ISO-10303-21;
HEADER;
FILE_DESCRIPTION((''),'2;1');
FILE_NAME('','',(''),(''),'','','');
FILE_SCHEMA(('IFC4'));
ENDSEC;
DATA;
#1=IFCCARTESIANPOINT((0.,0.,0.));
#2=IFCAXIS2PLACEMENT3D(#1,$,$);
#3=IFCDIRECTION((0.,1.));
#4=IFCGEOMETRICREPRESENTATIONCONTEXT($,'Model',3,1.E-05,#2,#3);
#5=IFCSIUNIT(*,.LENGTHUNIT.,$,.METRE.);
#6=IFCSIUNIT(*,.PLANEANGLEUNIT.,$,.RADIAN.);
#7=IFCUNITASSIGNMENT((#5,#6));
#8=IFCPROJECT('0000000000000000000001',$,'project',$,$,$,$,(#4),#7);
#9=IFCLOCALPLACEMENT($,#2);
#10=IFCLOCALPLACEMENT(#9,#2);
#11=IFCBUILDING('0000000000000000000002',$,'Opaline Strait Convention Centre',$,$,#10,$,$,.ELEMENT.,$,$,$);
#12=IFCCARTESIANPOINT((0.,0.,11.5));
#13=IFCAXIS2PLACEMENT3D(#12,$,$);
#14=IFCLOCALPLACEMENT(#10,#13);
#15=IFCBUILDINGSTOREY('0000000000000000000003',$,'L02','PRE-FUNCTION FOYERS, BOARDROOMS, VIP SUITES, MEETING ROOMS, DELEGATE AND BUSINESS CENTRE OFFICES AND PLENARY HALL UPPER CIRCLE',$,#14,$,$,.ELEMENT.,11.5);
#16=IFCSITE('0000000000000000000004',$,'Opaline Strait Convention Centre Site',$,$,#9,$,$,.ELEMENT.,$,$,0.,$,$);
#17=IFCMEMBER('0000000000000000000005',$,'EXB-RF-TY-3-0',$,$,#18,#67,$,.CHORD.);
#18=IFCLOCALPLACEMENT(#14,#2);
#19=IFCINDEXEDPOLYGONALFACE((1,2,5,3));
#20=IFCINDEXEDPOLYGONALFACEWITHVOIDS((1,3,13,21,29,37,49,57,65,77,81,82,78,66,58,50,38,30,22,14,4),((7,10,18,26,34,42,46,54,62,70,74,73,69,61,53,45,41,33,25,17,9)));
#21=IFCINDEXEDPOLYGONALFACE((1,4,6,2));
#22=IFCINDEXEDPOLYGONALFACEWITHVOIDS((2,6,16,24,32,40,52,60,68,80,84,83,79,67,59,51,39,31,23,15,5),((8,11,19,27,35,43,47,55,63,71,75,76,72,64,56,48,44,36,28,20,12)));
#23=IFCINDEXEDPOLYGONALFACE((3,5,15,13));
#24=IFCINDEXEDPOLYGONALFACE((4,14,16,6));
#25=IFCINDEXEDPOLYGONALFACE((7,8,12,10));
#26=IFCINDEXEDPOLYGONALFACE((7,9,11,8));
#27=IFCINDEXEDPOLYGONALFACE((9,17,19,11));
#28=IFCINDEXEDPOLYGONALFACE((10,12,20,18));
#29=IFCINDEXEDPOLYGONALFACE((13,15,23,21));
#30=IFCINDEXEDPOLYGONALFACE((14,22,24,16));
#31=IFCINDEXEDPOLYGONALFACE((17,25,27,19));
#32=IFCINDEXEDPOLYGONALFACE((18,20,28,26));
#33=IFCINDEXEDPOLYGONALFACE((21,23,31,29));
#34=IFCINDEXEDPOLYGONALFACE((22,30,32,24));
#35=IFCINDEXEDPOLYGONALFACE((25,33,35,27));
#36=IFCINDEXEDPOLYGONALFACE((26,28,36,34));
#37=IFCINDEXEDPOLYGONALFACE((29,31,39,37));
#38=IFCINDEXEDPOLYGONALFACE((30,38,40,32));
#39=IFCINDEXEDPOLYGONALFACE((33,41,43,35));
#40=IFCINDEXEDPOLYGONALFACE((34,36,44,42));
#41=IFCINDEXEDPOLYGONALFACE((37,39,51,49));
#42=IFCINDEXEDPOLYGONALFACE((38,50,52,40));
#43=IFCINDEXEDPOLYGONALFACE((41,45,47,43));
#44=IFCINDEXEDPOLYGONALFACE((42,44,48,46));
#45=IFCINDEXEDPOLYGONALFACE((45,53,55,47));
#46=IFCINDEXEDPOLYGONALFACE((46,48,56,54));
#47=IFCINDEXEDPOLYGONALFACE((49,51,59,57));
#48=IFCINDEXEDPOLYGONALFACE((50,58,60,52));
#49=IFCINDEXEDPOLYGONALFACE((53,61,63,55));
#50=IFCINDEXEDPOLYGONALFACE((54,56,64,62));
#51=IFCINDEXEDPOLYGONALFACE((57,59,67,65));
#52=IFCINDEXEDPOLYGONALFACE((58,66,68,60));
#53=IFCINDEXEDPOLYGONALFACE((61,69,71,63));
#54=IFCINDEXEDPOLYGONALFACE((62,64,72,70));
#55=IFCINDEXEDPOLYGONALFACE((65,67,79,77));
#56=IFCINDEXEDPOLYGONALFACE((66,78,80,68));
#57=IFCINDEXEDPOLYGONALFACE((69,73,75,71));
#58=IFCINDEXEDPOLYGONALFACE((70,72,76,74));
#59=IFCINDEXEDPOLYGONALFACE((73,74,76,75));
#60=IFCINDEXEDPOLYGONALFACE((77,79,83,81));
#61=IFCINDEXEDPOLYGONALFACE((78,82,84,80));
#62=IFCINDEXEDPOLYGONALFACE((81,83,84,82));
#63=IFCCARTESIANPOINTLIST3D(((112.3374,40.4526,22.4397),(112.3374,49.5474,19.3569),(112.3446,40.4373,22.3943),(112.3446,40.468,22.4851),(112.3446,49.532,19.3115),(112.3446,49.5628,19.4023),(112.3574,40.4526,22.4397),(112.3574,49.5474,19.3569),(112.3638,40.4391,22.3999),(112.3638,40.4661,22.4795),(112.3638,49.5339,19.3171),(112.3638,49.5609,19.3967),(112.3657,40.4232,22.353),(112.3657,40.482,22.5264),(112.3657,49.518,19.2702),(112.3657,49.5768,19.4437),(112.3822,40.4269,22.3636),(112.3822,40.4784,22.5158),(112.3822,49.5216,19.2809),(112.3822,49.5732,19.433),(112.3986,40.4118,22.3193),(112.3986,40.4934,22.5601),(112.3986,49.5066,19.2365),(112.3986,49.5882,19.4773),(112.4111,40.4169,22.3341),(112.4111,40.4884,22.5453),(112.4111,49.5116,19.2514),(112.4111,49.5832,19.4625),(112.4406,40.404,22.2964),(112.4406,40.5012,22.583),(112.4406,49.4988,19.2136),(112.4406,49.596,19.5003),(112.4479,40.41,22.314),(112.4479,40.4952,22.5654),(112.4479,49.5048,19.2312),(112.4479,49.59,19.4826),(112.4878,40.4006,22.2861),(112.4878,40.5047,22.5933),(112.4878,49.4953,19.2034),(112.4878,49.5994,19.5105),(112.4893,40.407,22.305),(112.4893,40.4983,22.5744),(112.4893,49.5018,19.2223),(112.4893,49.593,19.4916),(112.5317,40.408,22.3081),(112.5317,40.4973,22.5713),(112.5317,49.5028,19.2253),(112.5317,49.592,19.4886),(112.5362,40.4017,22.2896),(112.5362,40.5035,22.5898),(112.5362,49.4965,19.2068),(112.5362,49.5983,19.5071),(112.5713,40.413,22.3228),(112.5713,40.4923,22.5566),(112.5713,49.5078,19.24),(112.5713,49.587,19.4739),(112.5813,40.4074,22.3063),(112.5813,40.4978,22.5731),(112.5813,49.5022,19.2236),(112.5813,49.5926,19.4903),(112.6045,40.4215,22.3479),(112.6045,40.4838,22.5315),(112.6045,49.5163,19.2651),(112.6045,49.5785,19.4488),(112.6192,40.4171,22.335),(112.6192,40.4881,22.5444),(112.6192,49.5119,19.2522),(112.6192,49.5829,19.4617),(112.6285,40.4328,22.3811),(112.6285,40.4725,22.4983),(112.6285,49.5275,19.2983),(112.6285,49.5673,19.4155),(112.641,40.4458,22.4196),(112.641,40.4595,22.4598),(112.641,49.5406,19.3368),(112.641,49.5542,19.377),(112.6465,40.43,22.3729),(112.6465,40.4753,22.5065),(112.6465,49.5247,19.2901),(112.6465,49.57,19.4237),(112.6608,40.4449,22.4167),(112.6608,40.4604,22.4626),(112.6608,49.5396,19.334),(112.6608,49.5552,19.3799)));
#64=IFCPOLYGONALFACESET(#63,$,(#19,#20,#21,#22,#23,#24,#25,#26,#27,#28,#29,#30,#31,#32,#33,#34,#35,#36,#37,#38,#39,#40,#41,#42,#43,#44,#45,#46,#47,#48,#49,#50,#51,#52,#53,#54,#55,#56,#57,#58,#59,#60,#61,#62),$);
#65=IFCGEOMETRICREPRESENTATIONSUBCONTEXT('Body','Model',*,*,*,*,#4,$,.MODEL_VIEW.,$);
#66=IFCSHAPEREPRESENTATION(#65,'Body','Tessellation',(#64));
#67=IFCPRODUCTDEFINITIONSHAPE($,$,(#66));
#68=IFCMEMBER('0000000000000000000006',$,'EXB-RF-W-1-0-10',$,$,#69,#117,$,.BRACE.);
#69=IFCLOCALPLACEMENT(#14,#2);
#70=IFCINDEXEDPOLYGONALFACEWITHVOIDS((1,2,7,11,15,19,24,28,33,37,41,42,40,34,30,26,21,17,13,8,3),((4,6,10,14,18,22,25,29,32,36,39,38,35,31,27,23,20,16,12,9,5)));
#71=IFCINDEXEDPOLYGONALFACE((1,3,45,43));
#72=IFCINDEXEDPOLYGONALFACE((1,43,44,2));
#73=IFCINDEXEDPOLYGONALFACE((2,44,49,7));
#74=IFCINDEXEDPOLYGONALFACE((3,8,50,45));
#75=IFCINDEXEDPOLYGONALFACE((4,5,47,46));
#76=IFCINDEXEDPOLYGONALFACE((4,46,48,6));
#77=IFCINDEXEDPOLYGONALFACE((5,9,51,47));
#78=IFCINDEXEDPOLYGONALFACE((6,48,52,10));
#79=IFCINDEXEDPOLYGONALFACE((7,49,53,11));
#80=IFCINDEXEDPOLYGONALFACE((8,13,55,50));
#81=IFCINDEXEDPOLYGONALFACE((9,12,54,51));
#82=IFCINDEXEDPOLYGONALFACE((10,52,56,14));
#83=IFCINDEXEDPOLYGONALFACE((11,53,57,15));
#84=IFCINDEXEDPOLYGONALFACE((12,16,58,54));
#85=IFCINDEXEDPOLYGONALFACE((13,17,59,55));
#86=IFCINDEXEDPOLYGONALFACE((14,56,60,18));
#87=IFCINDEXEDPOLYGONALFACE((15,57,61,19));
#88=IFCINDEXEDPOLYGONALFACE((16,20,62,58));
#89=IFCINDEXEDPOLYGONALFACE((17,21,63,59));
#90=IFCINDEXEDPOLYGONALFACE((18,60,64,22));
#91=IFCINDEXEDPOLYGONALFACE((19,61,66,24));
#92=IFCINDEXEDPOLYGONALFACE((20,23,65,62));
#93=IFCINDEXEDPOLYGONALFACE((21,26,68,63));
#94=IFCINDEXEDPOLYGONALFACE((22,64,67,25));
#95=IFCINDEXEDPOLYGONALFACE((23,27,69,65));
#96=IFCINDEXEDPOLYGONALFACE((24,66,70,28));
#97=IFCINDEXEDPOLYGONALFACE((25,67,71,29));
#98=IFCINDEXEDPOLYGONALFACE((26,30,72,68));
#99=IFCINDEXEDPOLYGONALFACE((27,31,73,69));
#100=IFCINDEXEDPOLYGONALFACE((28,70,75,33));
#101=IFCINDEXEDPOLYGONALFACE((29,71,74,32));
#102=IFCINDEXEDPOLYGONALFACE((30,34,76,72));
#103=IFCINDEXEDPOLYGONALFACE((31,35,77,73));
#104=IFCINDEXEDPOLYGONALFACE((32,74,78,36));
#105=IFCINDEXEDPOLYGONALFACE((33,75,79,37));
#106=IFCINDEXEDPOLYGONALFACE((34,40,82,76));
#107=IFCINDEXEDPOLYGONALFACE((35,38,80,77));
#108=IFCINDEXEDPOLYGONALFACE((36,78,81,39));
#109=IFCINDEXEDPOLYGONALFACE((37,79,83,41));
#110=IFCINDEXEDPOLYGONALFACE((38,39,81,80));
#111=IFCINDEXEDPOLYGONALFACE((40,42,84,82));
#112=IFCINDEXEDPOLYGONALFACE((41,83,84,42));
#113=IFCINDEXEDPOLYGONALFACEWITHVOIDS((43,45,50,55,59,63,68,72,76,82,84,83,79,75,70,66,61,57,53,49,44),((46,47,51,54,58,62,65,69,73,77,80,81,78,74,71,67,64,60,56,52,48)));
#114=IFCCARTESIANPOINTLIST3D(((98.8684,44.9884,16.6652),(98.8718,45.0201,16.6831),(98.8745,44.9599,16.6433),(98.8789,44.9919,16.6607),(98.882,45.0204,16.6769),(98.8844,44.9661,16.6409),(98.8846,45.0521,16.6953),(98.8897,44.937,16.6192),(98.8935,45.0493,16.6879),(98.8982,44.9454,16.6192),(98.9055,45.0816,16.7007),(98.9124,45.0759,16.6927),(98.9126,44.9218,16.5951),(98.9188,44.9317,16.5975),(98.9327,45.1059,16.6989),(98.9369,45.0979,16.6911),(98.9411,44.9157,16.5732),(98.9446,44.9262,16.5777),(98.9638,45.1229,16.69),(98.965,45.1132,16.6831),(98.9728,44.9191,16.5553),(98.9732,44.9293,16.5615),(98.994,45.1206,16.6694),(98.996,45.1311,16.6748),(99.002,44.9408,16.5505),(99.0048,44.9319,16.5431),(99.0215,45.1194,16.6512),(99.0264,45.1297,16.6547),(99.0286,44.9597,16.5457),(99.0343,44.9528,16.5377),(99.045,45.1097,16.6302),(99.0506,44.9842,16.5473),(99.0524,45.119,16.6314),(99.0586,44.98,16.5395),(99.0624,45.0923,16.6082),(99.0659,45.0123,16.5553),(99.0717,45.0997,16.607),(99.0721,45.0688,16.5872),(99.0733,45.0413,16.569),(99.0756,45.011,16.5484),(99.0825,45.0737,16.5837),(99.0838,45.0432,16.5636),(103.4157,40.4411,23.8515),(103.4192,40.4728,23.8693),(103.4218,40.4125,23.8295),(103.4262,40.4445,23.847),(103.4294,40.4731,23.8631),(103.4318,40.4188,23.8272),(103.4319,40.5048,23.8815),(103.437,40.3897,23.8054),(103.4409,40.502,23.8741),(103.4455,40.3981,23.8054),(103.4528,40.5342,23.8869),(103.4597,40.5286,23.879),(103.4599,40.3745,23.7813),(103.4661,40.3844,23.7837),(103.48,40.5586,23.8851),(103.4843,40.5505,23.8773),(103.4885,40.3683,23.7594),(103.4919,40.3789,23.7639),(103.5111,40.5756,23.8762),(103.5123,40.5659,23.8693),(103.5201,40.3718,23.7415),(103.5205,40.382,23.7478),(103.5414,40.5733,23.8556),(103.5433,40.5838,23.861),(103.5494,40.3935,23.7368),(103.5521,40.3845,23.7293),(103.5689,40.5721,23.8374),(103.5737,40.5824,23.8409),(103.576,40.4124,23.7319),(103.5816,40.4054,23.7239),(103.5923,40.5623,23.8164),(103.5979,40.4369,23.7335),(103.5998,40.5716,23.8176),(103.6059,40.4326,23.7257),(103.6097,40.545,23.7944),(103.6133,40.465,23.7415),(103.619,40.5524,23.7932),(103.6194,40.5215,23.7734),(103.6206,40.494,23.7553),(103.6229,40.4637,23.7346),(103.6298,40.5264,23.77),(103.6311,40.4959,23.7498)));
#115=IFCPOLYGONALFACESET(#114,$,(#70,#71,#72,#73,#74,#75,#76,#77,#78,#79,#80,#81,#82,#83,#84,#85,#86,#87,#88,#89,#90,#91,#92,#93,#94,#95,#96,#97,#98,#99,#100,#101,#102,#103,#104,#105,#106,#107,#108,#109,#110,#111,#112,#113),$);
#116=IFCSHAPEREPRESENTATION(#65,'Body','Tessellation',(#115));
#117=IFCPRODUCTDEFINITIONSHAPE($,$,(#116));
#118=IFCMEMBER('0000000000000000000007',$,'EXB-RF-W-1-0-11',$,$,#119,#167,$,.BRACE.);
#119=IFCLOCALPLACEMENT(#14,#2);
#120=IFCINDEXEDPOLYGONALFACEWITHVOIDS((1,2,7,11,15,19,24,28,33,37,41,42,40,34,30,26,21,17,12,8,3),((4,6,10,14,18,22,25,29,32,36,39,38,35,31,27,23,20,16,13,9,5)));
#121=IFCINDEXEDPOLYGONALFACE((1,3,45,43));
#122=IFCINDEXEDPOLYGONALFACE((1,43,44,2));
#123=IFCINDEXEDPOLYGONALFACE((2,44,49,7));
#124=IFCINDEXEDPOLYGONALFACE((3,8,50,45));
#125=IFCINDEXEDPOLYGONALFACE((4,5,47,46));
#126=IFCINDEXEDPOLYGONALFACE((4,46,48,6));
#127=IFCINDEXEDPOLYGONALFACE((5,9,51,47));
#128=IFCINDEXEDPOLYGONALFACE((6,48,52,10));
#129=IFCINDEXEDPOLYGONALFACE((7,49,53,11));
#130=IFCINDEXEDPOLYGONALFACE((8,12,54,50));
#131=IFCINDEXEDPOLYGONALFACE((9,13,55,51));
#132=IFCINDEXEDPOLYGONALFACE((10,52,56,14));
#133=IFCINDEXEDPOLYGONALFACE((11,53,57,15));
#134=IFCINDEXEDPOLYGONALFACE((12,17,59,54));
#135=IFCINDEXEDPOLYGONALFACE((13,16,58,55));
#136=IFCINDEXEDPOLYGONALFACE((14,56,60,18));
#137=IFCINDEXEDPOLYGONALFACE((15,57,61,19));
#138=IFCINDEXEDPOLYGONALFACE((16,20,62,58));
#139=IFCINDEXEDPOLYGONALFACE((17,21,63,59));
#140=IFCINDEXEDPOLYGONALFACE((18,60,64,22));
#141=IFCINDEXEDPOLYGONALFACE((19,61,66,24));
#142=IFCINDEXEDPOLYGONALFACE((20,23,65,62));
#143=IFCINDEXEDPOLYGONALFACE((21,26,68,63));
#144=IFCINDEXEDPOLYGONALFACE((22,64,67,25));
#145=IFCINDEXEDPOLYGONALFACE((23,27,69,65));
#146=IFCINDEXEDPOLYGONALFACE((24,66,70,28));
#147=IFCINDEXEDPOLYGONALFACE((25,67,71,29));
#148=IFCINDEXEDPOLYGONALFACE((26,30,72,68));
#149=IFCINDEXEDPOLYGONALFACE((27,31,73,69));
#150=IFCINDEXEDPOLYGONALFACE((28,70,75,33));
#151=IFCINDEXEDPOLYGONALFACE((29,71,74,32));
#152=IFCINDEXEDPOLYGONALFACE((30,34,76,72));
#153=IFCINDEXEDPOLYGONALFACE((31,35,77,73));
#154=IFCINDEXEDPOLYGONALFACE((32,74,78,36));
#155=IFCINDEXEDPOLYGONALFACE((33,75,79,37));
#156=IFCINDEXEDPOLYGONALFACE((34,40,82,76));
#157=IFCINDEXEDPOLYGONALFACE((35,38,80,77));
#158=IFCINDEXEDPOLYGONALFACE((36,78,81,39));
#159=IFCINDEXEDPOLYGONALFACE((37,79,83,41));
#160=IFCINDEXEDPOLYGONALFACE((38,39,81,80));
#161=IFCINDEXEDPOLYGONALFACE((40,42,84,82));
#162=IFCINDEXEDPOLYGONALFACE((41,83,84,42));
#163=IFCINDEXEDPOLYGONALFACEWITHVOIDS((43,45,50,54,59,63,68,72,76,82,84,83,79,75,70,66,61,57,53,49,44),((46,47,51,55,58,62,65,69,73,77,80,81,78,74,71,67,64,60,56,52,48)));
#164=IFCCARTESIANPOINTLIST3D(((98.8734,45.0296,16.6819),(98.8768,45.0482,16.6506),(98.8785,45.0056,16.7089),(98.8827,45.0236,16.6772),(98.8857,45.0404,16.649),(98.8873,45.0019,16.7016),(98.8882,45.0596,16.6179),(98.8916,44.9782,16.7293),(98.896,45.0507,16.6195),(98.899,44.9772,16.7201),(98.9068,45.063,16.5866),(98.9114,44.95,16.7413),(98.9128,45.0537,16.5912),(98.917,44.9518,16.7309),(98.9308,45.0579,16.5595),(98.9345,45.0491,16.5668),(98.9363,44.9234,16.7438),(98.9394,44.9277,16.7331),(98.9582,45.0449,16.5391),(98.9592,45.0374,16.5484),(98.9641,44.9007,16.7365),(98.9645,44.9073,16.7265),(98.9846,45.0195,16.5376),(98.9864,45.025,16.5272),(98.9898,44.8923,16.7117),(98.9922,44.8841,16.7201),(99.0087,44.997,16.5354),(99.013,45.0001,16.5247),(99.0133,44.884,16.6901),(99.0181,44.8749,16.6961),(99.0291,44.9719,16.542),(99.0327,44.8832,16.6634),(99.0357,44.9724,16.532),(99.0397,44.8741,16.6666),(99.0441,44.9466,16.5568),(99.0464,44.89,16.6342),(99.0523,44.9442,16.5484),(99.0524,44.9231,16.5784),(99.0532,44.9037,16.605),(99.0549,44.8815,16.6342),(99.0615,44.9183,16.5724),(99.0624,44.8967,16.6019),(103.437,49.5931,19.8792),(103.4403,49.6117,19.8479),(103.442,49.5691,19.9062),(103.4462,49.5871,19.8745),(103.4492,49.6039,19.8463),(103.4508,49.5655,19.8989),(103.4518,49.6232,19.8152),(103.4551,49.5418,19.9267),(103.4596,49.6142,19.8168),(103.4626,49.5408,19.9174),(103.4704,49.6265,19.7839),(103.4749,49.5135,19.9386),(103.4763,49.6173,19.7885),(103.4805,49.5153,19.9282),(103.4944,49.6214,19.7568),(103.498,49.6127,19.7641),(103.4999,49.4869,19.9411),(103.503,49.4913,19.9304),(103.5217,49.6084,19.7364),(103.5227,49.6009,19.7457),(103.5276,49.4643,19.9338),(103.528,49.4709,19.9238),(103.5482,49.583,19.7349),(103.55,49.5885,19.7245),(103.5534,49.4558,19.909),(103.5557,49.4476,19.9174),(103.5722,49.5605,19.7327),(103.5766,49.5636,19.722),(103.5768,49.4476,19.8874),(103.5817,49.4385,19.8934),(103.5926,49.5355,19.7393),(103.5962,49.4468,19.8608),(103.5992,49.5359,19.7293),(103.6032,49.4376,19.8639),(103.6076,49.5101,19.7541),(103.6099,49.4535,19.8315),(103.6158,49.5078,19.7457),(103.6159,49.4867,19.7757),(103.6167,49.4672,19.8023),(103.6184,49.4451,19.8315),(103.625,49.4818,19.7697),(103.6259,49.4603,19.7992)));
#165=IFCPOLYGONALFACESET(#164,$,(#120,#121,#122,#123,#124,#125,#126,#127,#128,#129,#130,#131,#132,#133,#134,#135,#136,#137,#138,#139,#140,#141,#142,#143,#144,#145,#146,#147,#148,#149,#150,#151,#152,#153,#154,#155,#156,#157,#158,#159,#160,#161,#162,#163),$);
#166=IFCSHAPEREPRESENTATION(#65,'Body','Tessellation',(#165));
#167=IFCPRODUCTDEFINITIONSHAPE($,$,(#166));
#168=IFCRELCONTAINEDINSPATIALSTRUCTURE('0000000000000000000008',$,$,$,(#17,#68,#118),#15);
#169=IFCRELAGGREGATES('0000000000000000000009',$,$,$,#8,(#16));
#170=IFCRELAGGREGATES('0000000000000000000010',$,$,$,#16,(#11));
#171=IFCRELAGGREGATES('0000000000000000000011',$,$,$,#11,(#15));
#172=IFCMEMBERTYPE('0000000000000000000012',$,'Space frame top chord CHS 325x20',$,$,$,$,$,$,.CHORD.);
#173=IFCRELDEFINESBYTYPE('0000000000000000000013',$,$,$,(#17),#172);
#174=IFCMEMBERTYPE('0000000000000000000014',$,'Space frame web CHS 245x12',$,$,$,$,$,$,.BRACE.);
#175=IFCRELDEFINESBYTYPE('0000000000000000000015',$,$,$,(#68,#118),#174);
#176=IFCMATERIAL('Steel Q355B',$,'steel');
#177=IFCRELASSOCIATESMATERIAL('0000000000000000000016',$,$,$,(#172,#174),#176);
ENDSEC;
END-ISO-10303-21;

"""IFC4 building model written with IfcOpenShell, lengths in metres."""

from ifc_helpers import new_model, si_unit, direction, frame, origin, origin_2d, place, context, subcontext, project, spatial, hollow_circle, extrude, material, material_profile, profile_set, type_object, element, save


model = new_model("IFC4")

# Units and contexts
model_context = context("Model", 3, precision=1e-05, world=origin(), true_north=direction((0.0, 1.0)))
body_context = subcontext(model_context, "Body", "Model", "MODEL_VIEW")
ifc_project = project(units=[si_unit("LENGTHUNIT", "METRE"), si_unit("PLANEANGLEUNIT", "RADIAN")], contexts=[model_context])

# Site, building, storey
site_placement = place(None, origin())
site = spatial("IfcSite", under=ifc_project, at=site_placement, Name="Opaline Strait Convention Centre Site", CompositionType="ELEMENT", RefElevation=0.0)
building_placement = place(site_placement, origin())
building = spatial("IfcBuilding", under=site, at=building_placement, Name="Opaline Strait Convention Centre", CompositionType="ELEMENT")
storey_placement = place(building_placement, frame((0.0, 0.0, 11.5)))
storey = spatial("IfcBuildingStorey", under=building, at=storey_placement, Name="L02", Description="PRE-FUNCTION FOYERS, BOARDROOMS, VIP SUITES, MEETING ROOMS, DELEGATE AND BUSINESS CENTRE OFFICES AND PLENARY HALL UPPER CIRCLE", CompositionType="ELEMENT", Elevation=11.5)

# Members
ifc_material_1 = material(Name="Steel Q355B", Category="steel")
ifc_material_profile_1 = material_profile(ifc_material_1, hollow_circle(Radius=0.1626, WallThickness=0.02, at=origin_2d()), Name="CHS 325x20")
ifc_profile_set_1 = profile_set([ifc_material_profile_1], Name="Steel Q355B")
member_type_1 = type_object("IfcMemberType", Name="Space frame top chord CHS 325x20", PredefinedType="CHORD", material=ifc_profile_set_1)
member_1_placement = place(storey_placement, frame((112.5, 40.4526, 22.4397), z_axis=(0.0, 0.947072, -0.321021), x_axis=(-1.0, 0.0, 0.0)))
element("IfcMember", 1, at=member_1_placement, inside=storey, type_object=member_type_1, Name="EXB-RF-TY-3-0", PredefinedType="CHORD", context=body_context, shape_type="SweptSolid", body=[
    extrude(hollow_circle(Radius=0.1626, WallThickness=0.02, at=origin_2d()), origin(), (0.0, 0.0, 1.0), 9.603),
])
ifc_material_profile_2 = material_profile(ifc_material_1, hollow_circle(Radius=0.1226, WallThickness=0.012, at=origin_2d()), Name="CHS 245x12")
ifc_profile_set_2 = profile_set([ifc_material_profile_2], Name="Steel Q355B")
member_type_2 = type_object("IfcMemberType", Name="Space frame web CHS 245x12", PredefinedType="BRACE", material=ifc_profile_set_2)
member_2_placement = place(storey_placement, frame((103.5237, 40.4763, 23.8054), z_axis=(-0.471541, 0.471541, -0.745184), x_axis=(-0.707107, -0.707107, 0.0)))
element("IfcMember", 2, at=member_2_placement, inside=storey, type_object=member_type_2, Name="EXB-RF-W-1-0-10", PredefinedType="BRACE", context=body_context, shape_type="SweptSolid", body=[
    extrude(hollow_circle(Radius=0.1226, WallThickness=0.012, at=origin_2d()), origin(), (0.0, 0.0, 1.0), 9.6436),
])
member_3_placement = place(storey_placement, frame((103.5317, 49.5317, 19.8315), z_axis=(-0.633614, -0.633614, -0.443923), x_axis=(0.707107, -0.707107, 0.0)))
element("IfcMember", 3, at=member_3_placement, inside=storey, type_object=member_type_2, Name="EXB-RF-W-1-0-11", PredefinedType="BRACE", context=body_context, shape_type="SweptSolid", body=[
    extrude(hollow_circle(Radius=0.1226, WallThickness=0.012, at=origin_2d()), origin(), (0.0, 0.0, 1.0), 7.2024),
])

save(model, "model.ifc")
